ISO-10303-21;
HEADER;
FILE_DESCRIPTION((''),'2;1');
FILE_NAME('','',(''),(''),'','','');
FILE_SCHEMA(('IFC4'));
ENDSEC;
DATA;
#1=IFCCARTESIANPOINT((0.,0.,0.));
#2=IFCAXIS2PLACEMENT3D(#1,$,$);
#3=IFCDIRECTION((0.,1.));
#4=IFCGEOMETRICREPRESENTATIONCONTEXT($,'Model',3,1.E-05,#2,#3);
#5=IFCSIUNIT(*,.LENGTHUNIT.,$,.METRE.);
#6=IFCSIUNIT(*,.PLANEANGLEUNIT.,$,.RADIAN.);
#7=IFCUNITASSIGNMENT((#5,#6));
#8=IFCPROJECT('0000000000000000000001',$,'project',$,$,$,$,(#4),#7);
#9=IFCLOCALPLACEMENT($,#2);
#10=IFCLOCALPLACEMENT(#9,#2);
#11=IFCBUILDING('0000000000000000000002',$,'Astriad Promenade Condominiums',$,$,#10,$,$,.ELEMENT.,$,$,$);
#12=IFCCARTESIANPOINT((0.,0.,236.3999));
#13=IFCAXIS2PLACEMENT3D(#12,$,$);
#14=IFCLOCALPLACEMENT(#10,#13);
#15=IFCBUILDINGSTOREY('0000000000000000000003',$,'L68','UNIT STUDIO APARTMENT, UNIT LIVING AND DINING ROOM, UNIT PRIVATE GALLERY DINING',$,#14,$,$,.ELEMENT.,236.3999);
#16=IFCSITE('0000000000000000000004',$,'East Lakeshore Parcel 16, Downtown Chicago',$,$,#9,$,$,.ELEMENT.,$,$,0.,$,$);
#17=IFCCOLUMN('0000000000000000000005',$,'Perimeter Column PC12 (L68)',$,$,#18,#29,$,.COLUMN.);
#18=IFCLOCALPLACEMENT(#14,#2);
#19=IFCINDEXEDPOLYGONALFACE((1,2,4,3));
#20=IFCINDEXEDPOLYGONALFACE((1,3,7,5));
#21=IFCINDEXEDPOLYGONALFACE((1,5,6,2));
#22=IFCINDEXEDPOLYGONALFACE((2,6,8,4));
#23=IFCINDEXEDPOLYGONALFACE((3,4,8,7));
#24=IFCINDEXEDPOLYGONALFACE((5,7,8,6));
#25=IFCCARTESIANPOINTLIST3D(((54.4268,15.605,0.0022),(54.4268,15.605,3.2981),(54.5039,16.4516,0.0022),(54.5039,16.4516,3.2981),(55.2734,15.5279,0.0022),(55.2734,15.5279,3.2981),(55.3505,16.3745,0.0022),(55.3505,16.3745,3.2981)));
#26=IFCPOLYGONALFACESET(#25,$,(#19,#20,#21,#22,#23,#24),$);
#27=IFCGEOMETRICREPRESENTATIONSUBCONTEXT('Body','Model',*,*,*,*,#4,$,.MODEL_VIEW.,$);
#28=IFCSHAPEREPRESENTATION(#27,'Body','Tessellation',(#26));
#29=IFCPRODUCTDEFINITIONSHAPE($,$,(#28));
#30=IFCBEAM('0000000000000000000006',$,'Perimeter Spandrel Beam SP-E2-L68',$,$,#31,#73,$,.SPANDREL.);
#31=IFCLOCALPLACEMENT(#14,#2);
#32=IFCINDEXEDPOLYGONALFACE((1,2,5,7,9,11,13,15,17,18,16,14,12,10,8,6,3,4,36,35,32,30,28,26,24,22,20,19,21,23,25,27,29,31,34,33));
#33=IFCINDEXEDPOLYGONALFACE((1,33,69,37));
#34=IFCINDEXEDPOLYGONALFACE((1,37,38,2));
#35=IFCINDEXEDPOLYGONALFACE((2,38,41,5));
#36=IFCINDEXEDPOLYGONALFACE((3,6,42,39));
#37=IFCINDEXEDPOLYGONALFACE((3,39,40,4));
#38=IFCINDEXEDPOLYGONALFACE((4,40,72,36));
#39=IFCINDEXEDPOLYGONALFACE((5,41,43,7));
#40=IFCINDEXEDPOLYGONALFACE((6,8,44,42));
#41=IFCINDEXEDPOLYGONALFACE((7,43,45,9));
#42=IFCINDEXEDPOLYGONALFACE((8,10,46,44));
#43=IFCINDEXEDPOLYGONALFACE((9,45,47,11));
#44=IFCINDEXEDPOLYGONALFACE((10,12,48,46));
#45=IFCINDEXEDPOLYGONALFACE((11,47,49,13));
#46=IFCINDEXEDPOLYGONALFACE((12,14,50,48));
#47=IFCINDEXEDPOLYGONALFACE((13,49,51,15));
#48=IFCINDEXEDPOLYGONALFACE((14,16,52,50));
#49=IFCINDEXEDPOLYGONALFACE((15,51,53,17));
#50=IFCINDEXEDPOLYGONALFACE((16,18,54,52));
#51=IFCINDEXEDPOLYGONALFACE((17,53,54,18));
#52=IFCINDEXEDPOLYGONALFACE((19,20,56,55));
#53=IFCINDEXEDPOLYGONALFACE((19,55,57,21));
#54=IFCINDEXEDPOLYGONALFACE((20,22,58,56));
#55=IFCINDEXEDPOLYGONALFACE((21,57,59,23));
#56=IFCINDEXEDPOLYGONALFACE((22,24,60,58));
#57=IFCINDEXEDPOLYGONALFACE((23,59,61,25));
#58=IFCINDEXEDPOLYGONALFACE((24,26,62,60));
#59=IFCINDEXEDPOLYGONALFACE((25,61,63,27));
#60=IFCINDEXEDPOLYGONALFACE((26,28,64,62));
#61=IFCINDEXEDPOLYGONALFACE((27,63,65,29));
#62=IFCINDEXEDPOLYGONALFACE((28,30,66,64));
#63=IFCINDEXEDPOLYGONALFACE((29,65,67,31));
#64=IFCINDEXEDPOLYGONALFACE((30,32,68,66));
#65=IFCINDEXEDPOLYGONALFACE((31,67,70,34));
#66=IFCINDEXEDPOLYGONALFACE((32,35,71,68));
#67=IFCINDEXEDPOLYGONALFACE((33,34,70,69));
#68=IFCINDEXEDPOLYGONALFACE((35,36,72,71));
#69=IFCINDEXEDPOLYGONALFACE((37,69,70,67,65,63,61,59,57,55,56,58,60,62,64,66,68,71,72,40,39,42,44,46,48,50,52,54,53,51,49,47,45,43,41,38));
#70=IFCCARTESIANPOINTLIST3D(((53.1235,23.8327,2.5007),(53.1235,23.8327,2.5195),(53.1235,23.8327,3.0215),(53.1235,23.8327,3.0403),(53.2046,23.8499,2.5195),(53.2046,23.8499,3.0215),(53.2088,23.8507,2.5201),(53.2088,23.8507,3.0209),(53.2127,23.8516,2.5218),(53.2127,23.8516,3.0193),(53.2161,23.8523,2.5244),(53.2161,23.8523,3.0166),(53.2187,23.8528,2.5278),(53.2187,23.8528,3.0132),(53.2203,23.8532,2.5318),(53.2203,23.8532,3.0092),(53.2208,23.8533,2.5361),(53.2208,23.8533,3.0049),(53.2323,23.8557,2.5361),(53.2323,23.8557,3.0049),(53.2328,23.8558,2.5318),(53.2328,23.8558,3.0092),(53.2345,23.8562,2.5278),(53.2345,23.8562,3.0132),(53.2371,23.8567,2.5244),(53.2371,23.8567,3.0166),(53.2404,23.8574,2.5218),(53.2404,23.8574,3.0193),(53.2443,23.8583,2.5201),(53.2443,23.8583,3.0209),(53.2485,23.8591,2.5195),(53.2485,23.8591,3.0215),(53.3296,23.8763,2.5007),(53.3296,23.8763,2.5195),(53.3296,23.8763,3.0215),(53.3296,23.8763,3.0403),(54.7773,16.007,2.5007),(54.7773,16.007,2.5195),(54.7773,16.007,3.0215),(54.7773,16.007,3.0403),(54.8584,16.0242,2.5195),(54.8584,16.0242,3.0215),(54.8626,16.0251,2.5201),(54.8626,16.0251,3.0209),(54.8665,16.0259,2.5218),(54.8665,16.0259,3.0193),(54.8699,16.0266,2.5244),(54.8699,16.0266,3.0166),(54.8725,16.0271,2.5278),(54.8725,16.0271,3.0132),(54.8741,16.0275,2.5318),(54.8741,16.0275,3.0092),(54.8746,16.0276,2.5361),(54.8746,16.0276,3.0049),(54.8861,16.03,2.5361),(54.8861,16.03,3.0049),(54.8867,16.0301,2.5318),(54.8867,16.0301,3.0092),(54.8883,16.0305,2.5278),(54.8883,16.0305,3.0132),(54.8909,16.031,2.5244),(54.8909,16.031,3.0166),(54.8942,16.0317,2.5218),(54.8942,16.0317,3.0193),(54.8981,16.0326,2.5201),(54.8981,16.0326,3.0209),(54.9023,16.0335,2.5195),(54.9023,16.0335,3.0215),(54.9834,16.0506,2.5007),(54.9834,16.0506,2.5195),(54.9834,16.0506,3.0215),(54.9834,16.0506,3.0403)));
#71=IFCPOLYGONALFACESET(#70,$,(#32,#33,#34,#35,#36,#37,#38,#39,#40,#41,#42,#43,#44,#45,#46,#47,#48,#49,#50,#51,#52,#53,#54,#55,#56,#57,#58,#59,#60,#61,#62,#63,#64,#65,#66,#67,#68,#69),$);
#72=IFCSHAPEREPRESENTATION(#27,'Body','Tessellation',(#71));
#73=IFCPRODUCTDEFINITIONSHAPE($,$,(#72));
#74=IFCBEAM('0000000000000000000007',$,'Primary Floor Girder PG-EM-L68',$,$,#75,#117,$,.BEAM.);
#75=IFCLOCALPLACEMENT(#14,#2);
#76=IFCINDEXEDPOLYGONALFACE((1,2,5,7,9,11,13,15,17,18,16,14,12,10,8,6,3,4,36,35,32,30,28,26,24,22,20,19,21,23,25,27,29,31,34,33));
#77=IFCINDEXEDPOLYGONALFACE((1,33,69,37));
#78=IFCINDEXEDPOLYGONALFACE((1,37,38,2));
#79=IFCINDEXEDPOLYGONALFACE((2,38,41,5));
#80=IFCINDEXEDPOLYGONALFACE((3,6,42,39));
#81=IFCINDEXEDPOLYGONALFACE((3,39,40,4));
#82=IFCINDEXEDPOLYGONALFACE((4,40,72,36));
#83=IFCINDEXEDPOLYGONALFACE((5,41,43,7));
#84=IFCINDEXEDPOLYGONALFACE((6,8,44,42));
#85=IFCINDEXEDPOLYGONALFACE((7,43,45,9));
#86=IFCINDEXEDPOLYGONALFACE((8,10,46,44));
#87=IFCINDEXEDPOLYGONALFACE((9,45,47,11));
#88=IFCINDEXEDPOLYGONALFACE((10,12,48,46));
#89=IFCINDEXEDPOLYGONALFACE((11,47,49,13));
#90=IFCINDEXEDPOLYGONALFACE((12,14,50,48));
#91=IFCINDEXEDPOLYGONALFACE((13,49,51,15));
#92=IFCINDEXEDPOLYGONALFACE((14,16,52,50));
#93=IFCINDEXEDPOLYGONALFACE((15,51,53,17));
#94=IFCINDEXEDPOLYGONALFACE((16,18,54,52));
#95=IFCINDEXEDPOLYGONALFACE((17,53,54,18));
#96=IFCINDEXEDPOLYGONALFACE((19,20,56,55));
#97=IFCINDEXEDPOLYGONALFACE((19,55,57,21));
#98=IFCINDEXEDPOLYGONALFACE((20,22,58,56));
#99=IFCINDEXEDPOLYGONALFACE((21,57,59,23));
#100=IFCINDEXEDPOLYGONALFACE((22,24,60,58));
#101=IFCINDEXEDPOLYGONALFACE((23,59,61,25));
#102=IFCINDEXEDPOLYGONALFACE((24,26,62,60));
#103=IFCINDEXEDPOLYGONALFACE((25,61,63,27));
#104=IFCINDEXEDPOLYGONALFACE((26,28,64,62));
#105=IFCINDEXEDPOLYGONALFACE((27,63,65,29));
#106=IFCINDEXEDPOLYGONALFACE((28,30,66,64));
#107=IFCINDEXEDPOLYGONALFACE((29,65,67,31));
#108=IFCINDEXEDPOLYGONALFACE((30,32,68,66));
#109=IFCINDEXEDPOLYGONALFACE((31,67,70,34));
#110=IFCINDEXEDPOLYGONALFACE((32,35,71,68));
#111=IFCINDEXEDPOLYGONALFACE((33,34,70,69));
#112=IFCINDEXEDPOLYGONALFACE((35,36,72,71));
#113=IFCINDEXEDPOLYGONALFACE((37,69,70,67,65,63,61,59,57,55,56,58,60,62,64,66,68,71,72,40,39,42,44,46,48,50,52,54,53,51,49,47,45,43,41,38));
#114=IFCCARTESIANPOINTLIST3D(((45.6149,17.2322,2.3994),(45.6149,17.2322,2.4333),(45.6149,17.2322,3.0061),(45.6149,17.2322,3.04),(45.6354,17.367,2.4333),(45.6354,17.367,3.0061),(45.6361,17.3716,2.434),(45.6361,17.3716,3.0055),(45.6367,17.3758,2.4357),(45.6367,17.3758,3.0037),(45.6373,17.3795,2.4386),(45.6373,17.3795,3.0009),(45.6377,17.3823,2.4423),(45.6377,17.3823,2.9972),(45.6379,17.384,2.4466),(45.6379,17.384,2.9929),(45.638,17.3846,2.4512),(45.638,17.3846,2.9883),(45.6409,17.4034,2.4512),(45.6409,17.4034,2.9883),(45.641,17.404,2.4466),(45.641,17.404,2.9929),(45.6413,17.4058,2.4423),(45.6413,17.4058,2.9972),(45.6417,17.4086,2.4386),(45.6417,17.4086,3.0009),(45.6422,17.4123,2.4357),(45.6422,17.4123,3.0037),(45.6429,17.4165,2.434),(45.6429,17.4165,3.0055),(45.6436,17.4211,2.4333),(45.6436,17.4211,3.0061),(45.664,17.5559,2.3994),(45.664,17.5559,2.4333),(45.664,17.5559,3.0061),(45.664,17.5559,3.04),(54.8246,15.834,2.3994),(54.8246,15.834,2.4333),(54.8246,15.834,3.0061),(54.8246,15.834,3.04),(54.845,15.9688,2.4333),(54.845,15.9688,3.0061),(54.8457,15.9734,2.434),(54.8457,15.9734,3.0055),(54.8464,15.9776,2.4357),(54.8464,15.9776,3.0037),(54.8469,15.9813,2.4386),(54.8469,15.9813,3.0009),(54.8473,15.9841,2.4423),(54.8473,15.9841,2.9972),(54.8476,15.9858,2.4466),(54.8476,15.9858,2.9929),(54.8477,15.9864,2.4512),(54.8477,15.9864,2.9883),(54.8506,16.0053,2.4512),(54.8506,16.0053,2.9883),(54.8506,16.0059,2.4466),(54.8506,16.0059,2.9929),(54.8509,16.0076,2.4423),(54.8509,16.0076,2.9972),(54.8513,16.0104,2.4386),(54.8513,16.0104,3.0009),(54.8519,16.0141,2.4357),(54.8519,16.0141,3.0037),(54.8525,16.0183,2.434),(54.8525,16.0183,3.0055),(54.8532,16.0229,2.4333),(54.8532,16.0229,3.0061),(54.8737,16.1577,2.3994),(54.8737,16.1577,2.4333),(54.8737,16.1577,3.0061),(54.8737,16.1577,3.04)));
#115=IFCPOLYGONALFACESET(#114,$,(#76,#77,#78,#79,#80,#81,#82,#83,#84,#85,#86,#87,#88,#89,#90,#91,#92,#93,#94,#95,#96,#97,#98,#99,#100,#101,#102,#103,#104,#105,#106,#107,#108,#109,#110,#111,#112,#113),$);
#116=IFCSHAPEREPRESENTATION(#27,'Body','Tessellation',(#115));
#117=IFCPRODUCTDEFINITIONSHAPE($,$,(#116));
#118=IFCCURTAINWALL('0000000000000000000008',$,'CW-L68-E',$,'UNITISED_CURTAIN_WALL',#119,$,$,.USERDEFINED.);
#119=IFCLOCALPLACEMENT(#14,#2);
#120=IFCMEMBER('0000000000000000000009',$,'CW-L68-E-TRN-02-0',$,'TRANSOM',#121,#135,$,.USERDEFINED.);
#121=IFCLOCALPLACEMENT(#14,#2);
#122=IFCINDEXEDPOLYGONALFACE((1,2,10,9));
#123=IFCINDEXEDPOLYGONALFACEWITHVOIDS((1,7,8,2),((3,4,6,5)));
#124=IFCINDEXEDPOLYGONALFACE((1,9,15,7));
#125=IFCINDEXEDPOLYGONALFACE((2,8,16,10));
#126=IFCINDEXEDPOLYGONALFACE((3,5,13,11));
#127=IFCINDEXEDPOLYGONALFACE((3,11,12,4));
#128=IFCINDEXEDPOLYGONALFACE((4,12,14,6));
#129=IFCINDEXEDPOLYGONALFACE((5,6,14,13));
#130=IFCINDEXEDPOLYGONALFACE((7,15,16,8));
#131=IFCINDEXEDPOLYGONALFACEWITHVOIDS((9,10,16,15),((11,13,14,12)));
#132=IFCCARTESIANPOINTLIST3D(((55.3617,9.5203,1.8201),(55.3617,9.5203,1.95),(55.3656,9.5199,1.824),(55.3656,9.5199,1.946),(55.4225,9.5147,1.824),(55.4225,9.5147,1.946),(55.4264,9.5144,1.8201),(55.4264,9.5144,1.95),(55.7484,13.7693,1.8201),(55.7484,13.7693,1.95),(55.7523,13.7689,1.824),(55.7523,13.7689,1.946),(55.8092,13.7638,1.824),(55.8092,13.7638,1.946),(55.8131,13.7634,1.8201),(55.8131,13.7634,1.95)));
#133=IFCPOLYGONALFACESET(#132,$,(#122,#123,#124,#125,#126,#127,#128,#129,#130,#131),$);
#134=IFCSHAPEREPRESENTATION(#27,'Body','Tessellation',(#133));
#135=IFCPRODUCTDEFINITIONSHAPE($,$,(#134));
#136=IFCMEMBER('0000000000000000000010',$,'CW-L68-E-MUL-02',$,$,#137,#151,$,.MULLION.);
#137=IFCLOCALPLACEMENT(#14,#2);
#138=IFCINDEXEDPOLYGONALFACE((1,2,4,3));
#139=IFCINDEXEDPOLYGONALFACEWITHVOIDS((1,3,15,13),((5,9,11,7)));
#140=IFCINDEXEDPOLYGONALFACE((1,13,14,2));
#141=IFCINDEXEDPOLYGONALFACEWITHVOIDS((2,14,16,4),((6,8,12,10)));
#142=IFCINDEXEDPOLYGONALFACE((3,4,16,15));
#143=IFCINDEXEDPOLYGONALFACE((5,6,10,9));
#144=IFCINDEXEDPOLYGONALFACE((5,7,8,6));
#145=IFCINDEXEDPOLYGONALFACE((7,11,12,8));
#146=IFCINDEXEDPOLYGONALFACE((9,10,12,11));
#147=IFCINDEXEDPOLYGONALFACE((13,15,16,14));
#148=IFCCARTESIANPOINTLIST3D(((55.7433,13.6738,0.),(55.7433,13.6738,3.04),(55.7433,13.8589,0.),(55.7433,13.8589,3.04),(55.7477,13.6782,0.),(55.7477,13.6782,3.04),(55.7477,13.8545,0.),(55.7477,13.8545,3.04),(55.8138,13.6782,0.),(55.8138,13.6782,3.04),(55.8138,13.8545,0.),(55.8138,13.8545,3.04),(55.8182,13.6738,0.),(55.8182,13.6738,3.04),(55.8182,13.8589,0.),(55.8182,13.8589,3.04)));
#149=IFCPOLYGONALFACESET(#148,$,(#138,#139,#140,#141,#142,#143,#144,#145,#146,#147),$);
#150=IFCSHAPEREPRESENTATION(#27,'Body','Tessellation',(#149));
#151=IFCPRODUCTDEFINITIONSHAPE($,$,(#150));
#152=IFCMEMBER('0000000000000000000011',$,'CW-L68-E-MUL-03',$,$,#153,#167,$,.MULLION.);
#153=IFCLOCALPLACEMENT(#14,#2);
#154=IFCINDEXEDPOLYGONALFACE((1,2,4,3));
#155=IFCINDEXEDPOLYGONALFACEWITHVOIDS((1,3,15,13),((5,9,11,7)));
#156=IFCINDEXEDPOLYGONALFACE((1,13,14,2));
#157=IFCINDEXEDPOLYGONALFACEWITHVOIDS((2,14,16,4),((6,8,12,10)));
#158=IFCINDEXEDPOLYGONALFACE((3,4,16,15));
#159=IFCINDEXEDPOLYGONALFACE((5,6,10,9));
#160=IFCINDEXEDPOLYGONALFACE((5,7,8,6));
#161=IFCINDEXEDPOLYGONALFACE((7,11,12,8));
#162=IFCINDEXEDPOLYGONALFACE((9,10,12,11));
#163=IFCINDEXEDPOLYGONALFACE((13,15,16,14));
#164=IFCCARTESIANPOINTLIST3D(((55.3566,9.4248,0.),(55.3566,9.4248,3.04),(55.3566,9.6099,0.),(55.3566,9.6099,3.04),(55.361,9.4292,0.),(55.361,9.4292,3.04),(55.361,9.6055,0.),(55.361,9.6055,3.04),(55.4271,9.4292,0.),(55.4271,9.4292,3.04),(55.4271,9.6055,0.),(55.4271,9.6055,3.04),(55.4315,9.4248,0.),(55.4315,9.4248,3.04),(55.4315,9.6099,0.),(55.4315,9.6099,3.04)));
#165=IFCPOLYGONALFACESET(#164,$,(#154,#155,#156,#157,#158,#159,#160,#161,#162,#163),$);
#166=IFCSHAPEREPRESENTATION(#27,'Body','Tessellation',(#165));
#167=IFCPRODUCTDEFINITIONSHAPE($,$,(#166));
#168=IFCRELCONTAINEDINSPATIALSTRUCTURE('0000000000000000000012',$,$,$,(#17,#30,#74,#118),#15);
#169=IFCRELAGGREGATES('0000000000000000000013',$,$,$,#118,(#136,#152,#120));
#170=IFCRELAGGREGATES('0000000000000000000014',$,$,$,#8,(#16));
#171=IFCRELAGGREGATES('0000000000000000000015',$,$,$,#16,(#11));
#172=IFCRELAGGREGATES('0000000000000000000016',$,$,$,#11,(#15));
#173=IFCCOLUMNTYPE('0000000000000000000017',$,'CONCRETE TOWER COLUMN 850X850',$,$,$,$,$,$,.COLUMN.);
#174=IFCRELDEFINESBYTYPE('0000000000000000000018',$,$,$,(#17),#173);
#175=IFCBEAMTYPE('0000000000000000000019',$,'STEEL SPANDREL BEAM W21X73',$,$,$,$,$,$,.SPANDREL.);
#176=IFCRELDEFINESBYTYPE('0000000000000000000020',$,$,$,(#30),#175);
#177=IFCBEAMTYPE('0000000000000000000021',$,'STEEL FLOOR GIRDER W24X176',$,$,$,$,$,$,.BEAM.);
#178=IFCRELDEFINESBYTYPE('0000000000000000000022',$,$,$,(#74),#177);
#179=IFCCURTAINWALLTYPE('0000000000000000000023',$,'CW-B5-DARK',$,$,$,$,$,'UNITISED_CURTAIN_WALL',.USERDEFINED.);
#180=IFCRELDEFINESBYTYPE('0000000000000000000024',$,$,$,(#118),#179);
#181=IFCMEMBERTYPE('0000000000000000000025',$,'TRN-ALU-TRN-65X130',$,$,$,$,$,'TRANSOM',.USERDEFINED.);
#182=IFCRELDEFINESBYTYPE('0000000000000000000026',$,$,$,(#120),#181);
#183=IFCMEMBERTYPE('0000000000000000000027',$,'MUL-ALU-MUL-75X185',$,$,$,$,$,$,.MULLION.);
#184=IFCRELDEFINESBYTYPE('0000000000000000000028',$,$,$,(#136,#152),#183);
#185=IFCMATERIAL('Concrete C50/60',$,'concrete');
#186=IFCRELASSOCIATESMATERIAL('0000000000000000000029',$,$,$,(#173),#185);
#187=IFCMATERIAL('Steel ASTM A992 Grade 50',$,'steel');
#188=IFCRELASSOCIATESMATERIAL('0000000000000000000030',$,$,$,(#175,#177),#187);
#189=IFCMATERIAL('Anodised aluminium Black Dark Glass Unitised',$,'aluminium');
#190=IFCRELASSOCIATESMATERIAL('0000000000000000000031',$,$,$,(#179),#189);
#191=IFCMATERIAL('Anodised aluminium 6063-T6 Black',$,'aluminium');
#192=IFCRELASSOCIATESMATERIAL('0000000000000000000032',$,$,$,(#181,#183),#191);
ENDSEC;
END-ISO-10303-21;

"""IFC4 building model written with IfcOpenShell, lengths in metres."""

from ifc_helpers import new_model, si_unit, direction, frame, origin, origin_2d, place, context, subcontext, project, spatial, rectangle, hollow_rectangle, i_section, extrude, source, transform, mapped, material, material_profile, profile_set, type_object, type_shapes, element, aggregate, save


model = new_model("IFC4")

# Units and contexts
model_context = context("Model", 3, precision=1e-05, world=origin(), true_north=direction((0.0, 1.0)))
body_context = subcontext(model_context, "Body", "Model", "MODEL_VIEW")
ifc_project = project(units=[si_unit("LENGTHUNIT", "METRE"), si_unit("PLANEANGLEUNIT", "RADIAN")], contexts=[model_context])

# Site, building, storey
site_placement = place(None, origin())
site = spatial("IfcSite", under=ifc_project, at=site_placement, Name="East Lakeshore Parcel 16, Downtown Chicago", CompositionType="ELEMENT", RefElevation=0.0)
building_placement = place(site_placement, origin())
building = spatial("IfcBuilding", under=site, at=building_placement, Name="Astriad Promenade Condominiums", CompositionType="ELEMENT")
storey_placement = place(building_placement, frame((0.0, 0.0, 236.3999)))
storey = spatial("IfcBuildingStorey", under=building, at=storey_placement, Name="L68", Description="UNIT STUDIO APARTMENT, UNIT LIVING AND DINING ROOM, UNIT PRIVATE GALLERY DINING", CompositionType="ELEMENT", Elevation=236.3999)

# Column
ifc_material_1 = material(Name="Concrete C50/60", Category="concrete")
ifc_material_profile_1 = material_profile(ifc_material_1, rectangle(XDim=0.8501, YDim=0.8501, at=origin_2d()), Name="RC-COL-850X850")
ifc_profile_set_1 = profile_set([ifc_material_profile_1], Name="Concrete C50/60")
column_type = type_object("IfcColumnType", Name="CONCRETE TOWER COLUMN 850X850", PredefinedType="COLUMN", material=ifc_profile_set_1)
shared_shape_1 = source(origin(), body_context, "Body", "SweptSolid", [
    extrude(rectangle(XDim=0.8501, YDim=0.8501, at=origin_2d()), origin(), (0.0, 0.0, 1.0), 3.2959),
])
type_shapes(column_type, [shared_shape_1])
column_placement = place(storey_placement, frame((54.8887, 15.9897, 0.0022), z_axis=(0.0, 0.0, 1.0), x_axis=(0.995884, -0.090633, 0.0)))
element("IfcColumn", 1, at=column_placement, inside=storey, type_object=column_type, Name="Perimeter Column PC12 (L68)", PredefinedType="COLUMN", context=body_context, shape_type="MappedRepresentation", body=[
    mapped(shared_shape_1, transform((0.0, 0.0, 0.0), scale=1.0)),
])

# Beams
ifc_material_2 = material(Name="Steel ASTM A992 Grade 50", Category="steel")
ifc_material_profile_2 = material_profile(ifc_material_2, i_section(OverallWidth=0.2107, OverallDepth=0.5396, WebThickness=0.0117, FlangeThickness=0.0188, FilletRadius=0.0166, at=origin_2d()), Name="W21X73")
ifc_profile_set_2 = profile_set([ifc_material_profile_2], Name="Steel ASTM A992 Grade 50")
beam_type_1 = type_object("IfcBeamType", Name="STEEL SPANDREL BEAM W21X73", PredefinedType="SPANDREL", material=ifc_profile_set_2)
shared_shape_2 = source(origin(), body_context, "Body", "SweptSolid", [
    extrude(i_section(OverallWidth=0.2107, OverallDepth=0.5396, WebThickness=0.0117, FlangeThickness=0.0188, FilletRadius=0.0166, at=origin_2d()), origin(), (0.0, 0.0, 1.0), 7.9985),
])
type_shapes(beam_type_1, [shared_shape_2])
beam_1_placement = place(storey_placement, frame((54.8804, 16.0288, 2.7705), z_axis=(-0.206764, 0.978391, 0.0), x_axis=(-0.978391, -0.206764, 0.0)))
element("IfcBeam", 2, at=beam_1_placement, inside=storey, type_object=beam_type_1, Name="Perimeter Spandrel Beam SP-E2-L68", PredefinedType="SPANDREL", context=body_context, shape_type="MappedRepresentation", body=[
    mapped(shared_shape_2, transform((0.0, 0.0, 0.0), scale=1.0)),
])
ifc_material_profile_3 = material_profile(ifc_material_2, i_section(OverallWidth=0.3274, OverallDepth=0.6406, WebThickness=0.019, FlangeThickness=0.0339, FilletRadius=0.0178, at=origin_2d()), Name="W24X176")
ifc_profile_set_3 = profile_set([ifc_material_profile_3], Name="Steel ASTM A992 Grade 50")
beam_type_2 = type_object("IfcBeamType", Name="STEEL FLOOR GIRDER W24X176", PredefinedType="BEAM", material=ifc_profile_set_3)
shared_shape_3 = source(origin(), body_context, "Body", "SweptSolid", [
    extrude(i_section(OverallWidth=0.3274, OverallDepth=0.6406, WebThickness=0.019, FlangeThickness=0.0339, FilletRadius=0.0178, at=origin_2d()), origin(), (0.0, 0.0, 1.0), 9.3152),
])
type_shapes(beam_type_2, [shared_shape_3])
beam_2_placement = place(storey_placement, frame((54.8491, 15.9958, 2.7197), z_axis=(-0.988671, 0.150097, 0.0), x_axis=(-0.150097, -0.988671, 0.0)))
element("IfcBeam", 3, at=beam_2_placement, inside=storey, type_object=beam_type_2, Name="Primary Floor Girder PG-EM-L68", PredefinedType="BEAM", context=body_context, shape_type="MappedRepresentation", body=[
    mapped(shared_shape_3, transform((0.0, 0.0, 0.0), scale=1.0)),
])

# Curtain wall, members
ifc_material_3 = material(Name="Anodised aluminium Black Dark Glass Unitised", Category="aluminium")
curtain_wall_type = type_object("IfcCurtainWallType", Name="CW-B5-DARK", ElementType="UNITISED_CURTAIN_WALL", PredefinedType="USERDEFINED", material=ifc_material_3)
curtain_wall_placement = place(storey_placement, origin())
curtain_wall = element("IfcCurtainWall", 4, at=curtain_wall_placement, inside=storey, type_object=curtain_wall_type, Name="CW-L68-E", ObjectType="UNITISED_CURTAIN_WALL", PredefinedType="USERDEFINED")
ifc_material_4 = material(Name="Anodised aluminium 6063-T6 Black", Category="aluminium")
ifc_material_profile_4 = material_profile(ifc_material_4, hollow_rectangle(XDim=0.0649, YDim=0.1299, WallThickness=0.0039, at=origin_2d()), Name="ALU-TRN-65X130")
ifc_profile_set_4 = profile_set([ifc_material_profile_4], Name="Anodised aluminium 6063-T6 Black")
member_type_1 = type_object("IfcMemberType", Name="TRN-ALU-TRN-65X130", ElementType="TRANSOM", PredefinedType="USERDEFINED", material=ifc_profile_set_4)
shared_shape_4 = source(origin(), body_context, "Body", "SweptSolid", [
    extrude(hollow_rectangle(XDim=0.0649, YDim=0.1299, WallThickness=0.0039, at=origin_2d()), origin(), (0.0, 0.0, 1.0), 4.2666),
])
type_shapes(member_type_1, [shared_shape_4])
member_1_placement = place(storey_placement, frame((55.7808, 13.7664, 1.885), z_axis=(-0.090639, -0.995884, 0.0), x_axis=(0.995884, -0.090639, 0.0)))
member_1 = element("IfcMember", 5, at=member_1_placement, type_object=member_type_1, Name="CW-L68-E-TRN-02-0", ObjectType="TRANSOM", PredefinedType="USERDEFINED", context=body_context, shape_type="MappedRepresentation", body=[
    mapped(shared_shape_4, transform((0.0, 0.0, 0.0), scale=1.0)),
])
ifc_material_profile_5 = material_profile(ifc_material_4, hollow_rectangle(XDim=0.075, YDim=0.1851, WallThickness=0.0044, at=origin_2d()), Name="ALU-MUL-75X185")
ifc_profile_set_5 = profile_set([ifc_material_profile_5], Name="Anodised aluminium 6063-T6 Black")
member_type_2 = type_object("IfcMemberType", Name="MUL-ALU-MUL-75X185", PredefinedType="MULLION", material=ifc_profile_set_5)
shared_shape_5 = source(origin(), body_context, "Body", "SweptSolid", [
    extrude(hollow_rectangle(XDim=0.075, YDim=0.1851, WallThickness=0.0044, at=origin_2d()), origin(), (0.0, 0.0, 1.0), 3.04),
])
type_shapes(member_type_2, [shared_shape_5])
member_2_placement = place(storey_placement, frame((55.7808, 13.7664, 0.0), z_axis=(0.0, 0.0, 1.0), x_axis=(1.0, 0.0, 0.0)))
member_2 = element("IfcMember", 6, at=member_2_placement, type_object=member_type_2, Name="CW-L68-E-MUL-02", PredefinedType="MULLION", context=body_context, shape_type="MappedRepresentation", body=[
    mapped(shared_shape_5, transform((0.0, 0.0, 0.0), scale=1.0)),
])
member_3_placement = place(storey_placement, frame((55.394, 9.5173, 0.0), z_axis=(0.0, 0.0, 1.0), x_axis=(1.0, 0.0, 0.0)))
member_3 = element("IfcMember", 7, at=member_3_placement, type_object=member_type_2, Name="CW-L68-E-MUL-03", PredefinedType="MULLION", context=body_context, shape_type="MappedRepresentation", body=[
    mapped(shared_shape_5, transform((0.0, 0.0, 0.0), scale=1.0)),
])
aggregate(curtain_wall, [member_2, member_3, member_1])

save(model, "model.ifc")
